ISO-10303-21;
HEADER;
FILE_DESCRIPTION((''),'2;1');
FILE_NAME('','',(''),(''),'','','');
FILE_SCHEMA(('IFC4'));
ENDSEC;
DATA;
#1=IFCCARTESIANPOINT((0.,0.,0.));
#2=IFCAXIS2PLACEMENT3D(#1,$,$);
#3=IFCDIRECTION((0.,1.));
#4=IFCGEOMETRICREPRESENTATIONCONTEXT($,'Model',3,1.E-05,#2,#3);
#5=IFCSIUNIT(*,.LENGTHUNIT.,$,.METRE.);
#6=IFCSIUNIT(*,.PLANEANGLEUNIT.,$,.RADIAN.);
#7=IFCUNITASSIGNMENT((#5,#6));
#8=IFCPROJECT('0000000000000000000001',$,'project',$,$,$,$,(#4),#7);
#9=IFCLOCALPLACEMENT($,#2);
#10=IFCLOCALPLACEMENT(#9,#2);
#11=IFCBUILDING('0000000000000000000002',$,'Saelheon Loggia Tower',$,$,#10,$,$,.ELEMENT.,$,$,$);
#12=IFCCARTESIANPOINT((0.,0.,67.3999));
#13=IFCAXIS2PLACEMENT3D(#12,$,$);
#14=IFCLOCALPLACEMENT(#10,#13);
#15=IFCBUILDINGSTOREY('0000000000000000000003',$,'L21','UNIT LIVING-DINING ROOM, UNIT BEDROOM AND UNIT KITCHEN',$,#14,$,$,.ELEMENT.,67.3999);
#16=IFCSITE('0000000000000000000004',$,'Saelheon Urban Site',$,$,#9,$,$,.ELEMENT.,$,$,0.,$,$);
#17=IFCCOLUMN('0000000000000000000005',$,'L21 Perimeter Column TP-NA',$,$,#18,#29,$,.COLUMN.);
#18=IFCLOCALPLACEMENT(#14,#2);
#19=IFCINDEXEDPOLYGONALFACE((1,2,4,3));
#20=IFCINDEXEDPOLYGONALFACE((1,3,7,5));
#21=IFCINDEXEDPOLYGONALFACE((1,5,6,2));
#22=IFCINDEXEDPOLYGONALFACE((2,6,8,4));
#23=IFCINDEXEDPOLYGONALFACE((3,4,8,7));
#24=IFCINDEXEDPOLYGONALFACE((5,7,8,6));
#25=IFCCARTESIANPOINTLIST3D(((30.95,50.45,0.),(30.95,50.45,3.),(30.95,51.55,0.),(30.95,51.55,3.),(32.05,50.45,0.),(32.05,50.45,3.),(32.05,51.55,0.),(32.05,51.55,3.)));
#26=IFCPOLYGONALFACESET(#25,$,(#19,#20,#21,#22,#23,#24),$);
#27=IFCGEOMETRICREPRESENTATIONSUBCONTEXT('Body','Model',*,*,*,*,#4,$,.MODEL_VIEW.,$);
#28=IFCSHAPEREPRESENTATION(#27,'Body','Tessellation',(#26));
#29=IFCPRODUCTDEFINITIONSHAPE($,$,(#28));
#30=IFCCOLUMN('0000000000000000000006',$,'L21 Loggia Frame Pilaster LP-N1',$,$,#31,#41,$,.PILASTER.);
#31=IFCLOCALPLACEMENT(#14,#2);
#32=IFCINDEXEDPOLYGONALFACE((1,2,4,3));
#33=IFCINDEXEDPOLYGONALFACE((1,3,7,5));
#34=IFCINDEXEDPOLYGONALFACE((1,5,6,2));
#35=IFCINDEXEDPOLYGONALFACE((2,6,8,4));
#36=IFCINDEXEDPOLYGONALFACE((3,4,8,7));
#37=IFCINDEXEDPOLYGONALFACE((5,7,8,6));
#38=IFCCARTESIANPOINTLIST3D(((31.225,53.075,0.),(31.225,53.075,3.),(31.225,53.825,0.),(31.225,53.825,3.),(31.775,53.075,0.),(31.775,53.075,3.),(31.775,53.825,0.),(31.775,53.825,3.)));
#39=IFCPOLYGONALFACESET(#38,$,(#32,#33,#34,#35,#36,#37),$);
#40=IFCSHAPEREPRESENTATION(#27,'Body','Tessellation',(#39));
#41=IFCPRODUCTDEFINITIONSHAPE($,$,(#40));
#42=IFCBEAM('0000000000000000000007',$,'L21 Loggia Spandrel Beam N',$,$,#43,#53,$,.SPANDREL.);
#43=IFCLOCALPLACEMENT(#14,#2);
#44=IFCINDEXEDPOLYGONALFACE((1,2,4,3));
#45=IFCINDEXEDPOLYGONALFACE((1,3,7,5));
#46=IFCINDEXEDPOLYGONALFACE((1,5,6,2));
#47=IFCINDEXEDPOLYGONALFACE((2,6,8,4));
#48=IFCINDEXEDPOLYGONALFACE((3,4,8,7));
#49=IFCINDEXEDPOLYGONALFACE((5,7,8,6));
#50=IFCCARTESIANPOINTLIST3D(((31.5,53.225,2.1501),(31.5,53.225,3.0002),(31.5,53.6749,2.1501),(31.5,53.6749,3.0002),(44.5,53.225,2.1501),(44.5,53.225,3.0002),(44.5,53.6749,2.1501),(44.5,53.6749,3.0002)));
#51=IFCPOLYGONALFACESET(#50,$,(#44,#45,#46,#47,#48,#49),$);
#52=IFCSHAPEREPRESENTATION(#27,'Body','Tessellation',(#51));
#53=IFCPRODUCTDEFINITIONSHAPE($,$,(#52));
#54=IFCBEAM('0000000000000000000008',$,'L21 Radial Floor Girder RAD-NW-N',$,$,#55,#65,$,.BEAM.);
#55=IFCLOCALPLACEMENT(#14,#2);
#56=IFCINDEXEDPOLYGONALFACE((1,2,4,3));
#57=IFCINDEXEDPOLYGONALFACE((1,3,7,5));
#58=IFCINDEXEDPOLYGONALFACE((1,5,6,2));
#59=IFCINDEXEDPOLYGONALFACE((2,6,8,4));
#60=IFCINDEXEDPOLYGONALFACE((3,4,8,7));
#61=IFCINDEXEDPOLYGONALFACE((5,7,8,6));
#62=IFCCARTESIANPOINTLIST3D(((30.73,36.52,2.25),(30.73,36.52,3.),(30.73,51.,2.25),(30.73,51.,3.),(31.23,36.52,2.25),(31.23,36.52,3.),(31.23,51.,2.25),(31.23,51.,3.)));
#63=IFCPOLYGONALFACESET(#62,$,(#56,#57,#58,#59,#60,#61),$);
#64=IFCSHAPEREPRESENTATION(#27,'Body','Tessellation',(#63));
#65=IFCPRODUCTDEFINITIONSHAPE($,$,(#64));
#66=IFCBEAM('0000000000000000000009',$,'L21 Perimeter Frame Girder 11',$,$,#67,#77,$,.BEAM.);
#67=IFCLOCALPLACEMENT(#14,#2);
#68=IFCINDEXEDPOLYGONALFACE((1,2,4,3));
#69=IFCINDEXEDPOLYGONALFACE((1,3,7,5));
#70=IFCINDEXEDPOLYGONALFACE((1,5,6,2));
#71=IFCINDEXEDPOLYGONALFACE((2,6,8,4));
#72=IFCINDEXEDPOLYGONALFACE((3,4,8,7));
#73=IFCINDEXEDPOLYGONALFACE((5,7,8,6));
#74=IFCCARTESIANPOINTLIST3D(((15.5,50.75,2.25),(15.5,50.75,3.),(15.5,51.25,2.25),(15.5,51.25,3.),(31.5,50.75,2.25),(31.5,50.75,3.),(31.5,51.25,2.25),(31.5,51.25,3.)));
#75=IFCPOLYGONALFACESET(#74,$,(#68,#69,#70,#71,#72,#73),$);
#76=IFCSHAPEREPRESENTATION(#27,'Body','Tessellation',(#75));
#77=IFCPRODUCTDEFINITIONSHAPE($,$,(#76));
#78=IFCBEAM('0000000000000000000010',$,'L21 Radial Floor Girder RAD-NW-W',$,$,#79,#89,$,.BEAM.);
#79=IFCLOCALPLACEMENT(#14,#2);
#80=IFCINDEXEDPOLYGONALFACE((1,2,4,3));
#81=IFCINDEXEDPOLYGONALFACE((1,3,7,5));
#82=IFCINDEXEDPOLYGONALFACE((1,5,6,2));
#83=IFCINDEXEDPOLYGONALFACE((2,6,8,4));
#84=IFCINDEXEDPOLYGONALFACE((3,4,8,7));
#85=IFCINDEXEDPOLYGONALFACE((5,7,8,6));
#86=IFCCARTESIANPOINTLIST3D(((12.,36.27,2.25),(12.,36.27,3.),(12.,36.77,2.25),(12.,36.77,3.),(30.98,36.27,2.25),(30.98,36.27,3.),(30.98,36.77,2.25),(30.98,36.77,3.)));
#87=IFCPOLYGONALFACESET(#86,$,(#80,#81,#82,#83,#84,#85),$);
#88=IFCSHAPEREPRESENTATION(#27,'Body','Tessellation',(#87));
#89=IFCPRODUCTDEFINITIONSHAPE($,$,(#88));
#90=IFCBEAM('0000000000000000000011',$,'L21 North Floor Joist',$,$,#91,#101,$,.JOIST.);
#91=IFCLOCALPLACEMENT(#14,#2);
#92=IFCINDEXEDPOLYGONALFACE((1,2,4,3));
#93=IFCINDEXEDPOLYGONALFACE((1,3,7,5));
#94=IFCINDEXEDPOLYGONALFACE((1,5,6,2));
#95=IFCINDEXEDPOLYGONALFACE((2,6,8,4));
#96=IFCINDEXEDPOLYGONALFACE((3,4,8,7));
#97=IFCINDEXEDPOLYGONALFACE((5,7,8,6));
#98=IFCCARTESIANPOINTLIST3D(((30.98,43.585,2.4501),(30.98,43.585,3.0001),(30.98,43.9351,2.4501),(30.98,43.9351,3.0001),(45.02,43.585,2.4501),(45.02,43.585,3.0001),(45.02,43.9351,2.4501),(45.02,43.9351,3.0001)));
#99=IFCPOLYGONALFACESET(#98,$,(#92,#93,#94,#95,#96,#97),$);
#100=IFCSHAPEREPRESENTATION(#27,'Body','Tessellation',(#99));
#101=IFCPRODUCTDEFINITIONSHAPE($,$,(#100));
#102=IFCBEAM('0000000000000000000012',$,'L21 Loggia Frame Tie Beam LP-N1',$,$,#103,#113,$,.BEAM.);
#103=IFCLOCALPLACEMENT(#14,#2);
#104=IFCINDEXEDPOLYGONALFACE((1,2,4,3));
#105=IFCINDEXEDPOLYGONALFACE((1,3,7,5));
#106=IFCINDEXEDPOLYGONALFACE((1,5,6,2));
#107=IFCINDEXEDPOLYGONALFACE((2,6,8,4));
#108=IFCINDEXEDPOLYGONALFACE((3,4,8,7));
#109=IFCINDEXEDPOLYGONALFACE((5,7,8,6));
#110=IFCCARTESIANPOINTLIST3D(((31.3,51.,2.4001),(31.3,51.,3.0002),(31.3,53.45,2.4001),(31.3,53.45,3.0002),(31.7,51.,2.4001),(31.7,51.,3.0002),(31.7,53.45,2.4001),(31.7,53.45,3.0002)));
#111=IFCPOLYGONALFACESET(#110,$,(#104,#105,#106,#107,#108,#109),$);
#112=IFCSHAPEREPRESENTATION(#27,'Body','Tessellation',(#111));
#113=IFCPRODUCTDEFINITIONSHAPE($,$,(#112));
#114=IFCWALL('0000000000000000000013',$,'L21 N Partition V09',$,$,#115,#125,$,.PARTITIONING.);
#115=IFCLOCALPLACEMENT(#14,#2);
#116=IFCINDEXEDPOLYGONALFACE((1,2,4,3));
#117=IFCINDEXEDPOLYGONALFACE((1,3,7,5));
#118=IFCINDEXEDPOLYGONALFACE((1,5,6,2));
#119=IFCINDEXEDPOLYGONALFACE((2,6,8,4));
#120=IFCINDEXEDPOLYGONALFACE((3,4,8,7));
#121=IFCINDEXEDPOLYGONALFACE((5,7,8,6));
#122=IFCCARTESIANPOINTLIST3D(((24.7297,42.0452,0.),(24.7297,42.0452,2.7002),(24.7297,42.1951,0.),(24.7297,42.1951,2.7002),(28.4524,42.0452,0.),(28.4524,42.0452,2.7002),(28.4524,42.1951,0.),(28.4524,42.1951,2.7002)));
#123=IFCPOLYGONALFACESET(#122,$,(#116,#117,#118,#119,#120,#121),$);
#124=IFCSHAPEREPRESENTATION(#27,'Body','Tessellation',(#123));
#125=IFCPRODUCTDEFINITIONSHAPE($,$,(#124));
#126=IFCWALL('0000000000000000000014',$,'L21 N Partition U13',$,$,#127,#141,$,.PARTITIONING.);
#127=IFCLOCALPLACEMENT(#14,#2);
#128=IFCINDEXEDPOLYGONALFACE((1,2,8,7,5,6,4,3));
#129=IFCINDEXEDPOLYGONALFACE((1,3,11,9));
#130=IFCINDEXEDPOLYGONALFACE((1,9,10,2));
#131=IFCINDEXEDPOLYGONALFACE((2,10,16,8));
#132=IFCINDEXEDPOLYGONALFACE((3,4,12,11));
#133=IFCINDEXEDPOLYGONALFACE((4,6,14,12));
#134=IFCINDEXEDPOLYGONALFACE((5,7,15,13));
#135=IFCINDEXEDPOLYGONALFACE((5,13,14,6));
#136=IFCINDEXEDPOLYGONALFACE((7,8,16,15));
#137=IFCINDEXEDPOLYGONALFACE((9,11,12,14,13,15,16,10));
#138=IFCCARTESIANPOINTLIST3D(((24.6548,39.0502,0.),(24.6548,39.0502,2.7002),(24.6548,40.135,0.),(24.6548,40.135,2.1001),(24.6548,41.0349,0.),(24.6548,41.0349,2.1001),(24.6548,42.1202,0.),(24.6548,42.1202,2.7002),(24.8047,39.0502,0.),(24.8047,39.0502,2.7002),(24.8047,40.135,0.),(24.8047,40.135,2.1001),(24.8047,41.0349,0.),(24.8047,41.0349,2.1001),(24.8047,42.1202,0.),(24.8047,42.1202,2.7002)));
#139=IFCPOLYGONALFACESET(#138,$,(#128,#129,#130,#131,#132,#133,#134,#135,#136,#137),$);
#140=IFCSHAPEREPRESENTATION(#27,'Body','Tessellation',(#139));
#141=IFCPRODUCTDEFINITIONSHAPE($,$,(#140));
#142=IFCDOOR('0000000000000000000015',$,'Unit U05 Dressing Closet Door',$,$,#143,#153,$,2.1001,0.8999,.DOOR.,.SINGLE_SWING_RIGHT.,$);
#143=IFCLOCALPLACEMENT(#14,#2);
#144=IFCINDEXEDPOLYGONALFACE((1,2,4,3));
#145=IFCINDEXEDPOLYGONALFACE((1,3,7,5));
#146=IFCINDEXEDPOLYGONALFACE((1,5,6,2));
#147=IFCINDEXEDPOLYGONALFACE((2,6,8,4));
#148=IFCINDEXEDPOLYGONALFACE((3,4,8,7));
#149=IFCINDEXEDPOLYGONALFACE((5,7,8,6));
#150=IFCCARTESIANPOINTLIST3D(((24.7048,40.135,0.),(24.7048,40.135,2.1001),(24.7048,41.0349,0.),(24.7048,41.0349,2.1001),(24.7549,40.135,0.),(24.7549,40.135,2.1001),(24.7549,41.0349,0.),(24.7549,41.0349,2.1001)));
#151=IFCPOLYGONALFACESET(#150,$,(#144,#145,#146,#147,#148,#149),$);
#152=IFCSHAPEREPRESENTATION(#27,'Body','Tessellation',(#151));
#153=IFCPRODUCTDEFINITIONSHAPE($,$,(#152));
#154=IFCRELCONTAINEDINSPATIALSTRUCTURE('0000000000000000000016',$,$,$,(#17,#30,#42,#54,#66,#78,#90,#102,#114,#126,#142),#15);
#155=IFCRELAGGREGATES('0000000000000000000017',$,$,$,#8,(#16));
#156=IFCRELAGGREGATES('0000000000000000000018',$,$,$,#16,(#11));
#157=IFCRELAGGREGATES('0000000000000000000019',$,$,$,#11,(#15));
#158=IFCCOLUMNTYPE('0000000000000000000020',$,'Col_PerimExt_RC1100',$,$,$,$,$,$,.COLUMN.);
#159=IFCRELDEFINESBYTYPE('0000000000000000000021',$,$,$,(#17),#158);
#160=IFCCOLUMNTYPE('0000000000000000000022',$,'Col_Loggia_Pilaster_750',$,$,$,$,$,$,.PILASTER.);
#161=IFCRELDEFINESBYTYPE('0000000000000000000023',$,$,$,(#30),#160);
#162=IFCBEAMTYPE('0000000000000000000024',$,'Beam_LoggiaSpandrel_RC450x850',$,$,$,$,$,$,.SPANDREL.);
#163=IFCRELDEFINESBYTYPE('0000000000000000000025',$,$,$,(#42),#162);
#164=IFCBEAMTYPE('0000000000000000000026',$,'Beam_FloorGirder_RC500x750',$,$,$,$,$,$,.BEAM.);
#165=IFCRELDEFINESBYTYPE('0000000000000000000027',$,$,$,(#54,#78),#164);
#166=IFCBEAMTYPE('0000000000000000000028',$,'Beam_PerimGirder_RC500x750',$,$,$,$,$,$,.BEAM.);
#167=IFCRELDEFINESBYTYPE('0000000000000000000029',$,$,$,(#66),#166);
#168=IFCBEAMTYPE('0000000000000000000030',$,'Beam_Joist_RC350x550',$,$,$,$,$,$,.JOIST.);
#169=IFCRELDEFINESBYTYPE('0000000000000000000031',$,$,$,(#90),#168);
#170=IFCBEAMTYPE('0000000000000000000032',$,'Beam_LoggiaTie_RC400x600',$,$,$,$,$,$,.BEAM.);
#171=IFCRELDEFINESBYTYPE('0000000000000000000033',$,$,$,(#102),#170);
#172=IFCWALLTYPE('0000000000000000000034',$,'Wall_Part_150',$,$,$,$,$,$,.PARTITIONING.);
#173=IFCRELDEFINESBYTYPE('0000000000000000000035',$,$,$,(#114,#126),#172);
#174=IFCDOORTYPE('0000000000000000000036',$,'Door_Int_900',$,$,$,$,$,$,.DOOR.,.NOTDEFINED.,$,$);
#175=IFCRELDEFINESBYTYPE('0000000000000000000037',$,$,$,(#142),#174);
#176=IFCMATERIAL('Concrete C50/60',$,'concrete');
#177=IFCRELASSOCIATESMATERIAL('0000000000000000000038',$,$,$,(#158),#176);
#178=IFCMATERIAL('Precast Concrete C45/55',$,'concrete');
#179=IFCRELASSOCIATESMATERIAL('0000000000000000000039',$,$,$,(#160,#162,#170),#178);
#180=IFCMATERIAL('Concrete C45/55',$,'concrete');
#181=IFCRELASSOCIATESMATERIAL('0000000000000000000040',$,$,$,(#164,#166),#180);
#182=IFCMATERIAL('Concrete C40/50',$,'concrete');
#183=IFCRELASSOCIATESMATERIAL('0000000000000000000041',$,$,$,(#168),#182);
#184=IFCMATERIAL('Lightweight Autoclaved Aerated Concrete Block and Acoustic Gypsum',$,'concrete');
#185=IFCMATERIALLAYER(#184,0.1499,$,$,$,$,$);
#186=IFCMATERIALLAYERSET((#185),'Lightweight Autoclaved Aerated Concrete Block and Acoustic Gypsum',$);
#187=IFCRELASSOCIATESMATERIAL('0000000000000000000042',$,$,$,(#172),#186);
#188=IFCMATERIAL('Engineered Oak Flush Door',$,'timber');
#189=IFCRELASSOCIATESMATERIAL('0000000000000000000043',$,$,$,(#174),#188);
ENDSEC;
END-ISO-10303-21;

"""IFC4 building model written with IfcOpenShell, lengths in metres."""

from ifc_helpers import new_model, si_unit, direction, frame, frame_2d, origin, origin_2d, place, context, subcontext, project, spatial, rectangle, extrude, source, transform, mapped, material, layer, layer_set, material_profile, profile_set, type_object, element, fill, save


model = new_model("IFC4")

# Units and contexts
model_context = context("Model", 3, precision=1e-05, world=origin(), true_north=direction((0.0, 1.0)))
body_context = subcontext(model_context, "Body", "Model", "MODEL_VIEW")
ifc_project = project(units=[si_unit("LENGTHUNIT", "METRE"), si_unit("PLANEANGLEUNIT", "RADIAN")], contexts=[model_context])

# Site, building, storey
site_placement = place(None, origin())
site = spatial("IfcSite", under=ifc_project, at=site_placement, Name="Saelheon Urban Site", CompositionType="ELEMENT", RefElevation=0.0)
building_placement = place(site_placement, origin())
building = spatial("IfcBuilding", under=site, at=building_placement, Name="Saelheon Loggia Tower", CompositionType="ELEMENT")
storey_placement = place(building_placement, frame((0.0, 0.0, 67.3999)))
storey = spatial("IfcBuildingStorey", under=building, at=storey_placement, Name="L21", Description="UNIT LIVING-DINING ROOM, UNIT BEDROOM AND UNIT KITCHEN", CompositionType="ELEMENT", Elevation=67.3999)

# Columns
ifc_material_1 = material(Name="Concrete C50/60", Category="concrete")
ifc_material_profile_1 = material_profile(ifc_material_1, rectangle(XDim=1.1001, YDim=1.1001, at=origin_2d()), Name="RC-1100x1100")
ifc_profile_set_1 = profile_set([ifc_material_profile_1], Name="Concrete C50/60")
column_type_1 = type_object("IfcColumnType", Name="Col_PerimExt_RC1100", PredefinedType="COLUMN", material=ifc_profile_set_1)
shared_shape_1 = source(origin(), body_context, "Body", "SweptSolid", [
    extrude(rectangle(XDim=1.1001, YDim=1.1001, at=origin_2d()), origin(), (0.0, 0.0, 1.0), 3.0),
])
column_1_placement = place(storey_placement, frame((31.5, 51.0, 0.0), z_axis=(0.0, 0.0, 1.0), x_axis=(1.0, 0.0, 0.0)))
element("IfcColumn", 1, at=column_1_placement, inside=storey, type_object=column_type_1, Name="L21 Perimeter Column TP-NA", PredefinedType="COLUMN", context=body_context, shape_type="MappedRepresentation", body=[
    mapped(shared_shape_1, transform((0.0, 0.0, 0.0), scale=1.0)),
])
ifc_material_2 = material(Name="Precast Concrete C45/55", Category="concrete")
ifc_material_profile_2 = material_profile(ifc_material_2, rectangle(XDim=0.55, YDim=0.75, at=origin_2d()), Name="RC-550x750")
ifc_profile_set_2 = profile_set([ifc_material_profile_2], Name="Precast Concrete C45/55")
column_type_2 = type_object("IfcColumnType", Name="Col_Loggia_Pilaster_750", PredefinedType="PILASTER", material=ifc_profile_set_2)
shared_shape_2 = source(origin(), body_context, "Body", "SweptSolid", [
    extrude(rectangle(XDim=0.55, YDim=0.75, at=origin_2d()), origin(), (0.0, 0.0, 1.0), 3.0),
])
column_2_placement = place(storey_placement, frame((31.5, 53.45, 0.0), z_axis=(0.0, 0.0, 1.0), x_axis=(1.0, 0.0, 0.0)))
element("IfcColumn", 2, at=column_2_placement, inside=storey, type_object=column_type_2, Name="L21 Loggia Frame Pilaster LP-N1", PredefinedType="PILASTER", context=body_context, shape_type="MappedRepresentation", body=[
    mapped(shared_shape_2, transform((0.0, 0.0, 0.0), scale=1.0)),
])

# Beams
ifc_material_profile_3 = material_profile(ifc_material_2, rectangle(XDim=0.45, YDim=0.8501, at=origin_2d()), Name="RC-450x850")
ifc_profile_set_3 = profile_set([ifc_material_profile_3], Name="Precast Concrete C45/55")
beam_type_1 = type_object("IfcBeamType", Name="Beam_LoggiaSpandrel_RC450x850", PredefinedType="SPANDREL", material=ifc_profile_set_3)
shared_shape_3 = source(origin(), body_context, "Body", "SweptSolid", [
    extrude(rectangle(XDim=0.45, YDim=0.8501, at=origin_2d()), origin(), (0.0, 0.0, 1.0), 13.0),
])
beam_1_placement = place(storey_placement, frame((31.5, 53.45, 2.5752), z_axis=(1.0, 0.0, 0.0), x_axis=(0.0, 1.0, 0.0)))
element("IfcBeam", 3, at=beam_1_placement, inside=storey, type_object=beam_type_1, Name="L21 Loggia Spandrel Beam N", PredefinedType="SPANDREL", context=body_context, shape_type="MappedRepresentation", body=[
    mapped(shared_shape_3, transform((0.0, 0.0, 0.0), scale=1.0)),
])
ifc_material_3 = material(Name="Concrete C45/55", Category="concrete")
ifc_material_profile_4 = material_profile(ifc_material_3, rectangle(XDim=0.5, YDim=0.75, at=origin_2d()), Name="RC-500x750")
ifc_profile_set_4 = profile_set([ifc_material_profile_4], Name="Concrete C45/55")
beam_type_2 = type_object("IfcBeamType", Name="Beam_FloorGirder_RC500x750", PredefinedType="BEAM", material=ifc_profile_set_4)
shared_shape_4 = source(origin(), body_context, "Body", "SweptSolid", [
    extrude(rectangle(XDim=0.5, YDim=0.75, at=origin_2d()), origin(), (0.0, 0.0, 1.0), 14.48),
])
beam_2_placement = place(storey_placement, frame((30.98, 36.52, 2.625), z_axis=(0.0, 1.0, 0.0), x_axis=(-1.0, 0.0, 0.0)))
element("IfcBeam", 4, at=beam_2_placement, inside=storey, type_object=beam_type_2, Name="L21 Radial Floor Girder RAD-NW-N", PredefinedType="BEAM", context=body_context, shape_type="MappedRepresentation", body=[
    mapped(shared_shape_4, transform((0.0, 0.0, 0.0), scale=1.0)),
])
ifc_material_profile_5 = material_profile(ifc_material_3, rectangle(XDim=0.5, YDim=0.75, at=origin_2d()), Name="RC-500x750")
ifc_profile_set_5 = profile_set([ifc_material_profile_5], Name="Concrete C45/55")
beam_type_3 = type_object("IfcBeamType", Name="Beam_PerimGirder_RC500x750", PredefinedType="BEAM", material=ifc_profile_set_5)
shared_shape_5 = source(origin(), body_context, "Body", "SweptSolid", [
    extrude(rectangle(XDim=0.5, YDim=0.75, at=origin_2d()), origin(), (0.0, 0.0, 1.0), 16.0),
])
beam_3_placement = place(storey_placement, frame((31.5, 51.0, 2.625), z_axis=(-1.0, 0.0, 0.0), x_axis=(0.0, -1.0, 0.0)))
element("IfcBeam", 5, at=beam_3_placement, inside=storey, type_object=beam_type_3, Name="L21 Perimeter Frame Girder 11", PredefinedType="BEAM", context=body_context, shape_type="MappedRepresentation", body=[
    mapped(shared_shape_5, transform((0.0, 0.0, 0.0), scale=1.0)),
])
shared_shape_6 = source(origin(), body_context, "Body", "SweptSolid", [
    extrude(rectangle(XDim=0.5, YDim=0.75, at=origin_2d()), origin(), (0.0, 0.0, 1.0), 18.98),
])
beam_4_placement = place(storey_placement, frame((30.98, 36.52, 2.625), z_axis=(-1.0, 0.0, 0.0), x_axis=(0.0, -1.0, 0.0)))
element("IfcBeam", 6, at=beam_4_placement, inside=storey, type_object=beam_type_2, Name="L21 Radial Floor Girder RAD-NW-W", PredefinedType="BEAM", context=body_context, shape_type="MappedRepresentation", body=[
    mapped(shared_shape_6, transform((0.0, 0.0, 0.0), scale=1.0)),
])
ifc_material_4 = material(Name="Concrete C40/50", Category="concrete")
ifc_material_profile_6 = material_profile(ifc_material_4, rectangle(XDim=0.3501, YDim=0.55, at=origin_2d()), Name="RC-350x550")
ifc_profile_set_6 = profile_set([ifc_material_profile_6], Name="Concrete C40/50")
beam_type_4 = type_object("IfcBeamType", Name="Beam_Joist_RC350x550", PredefinedType="JOIST", material=ifc_profile_set_6)
shared_shape_7 = source(origin(), body_context, "Body", "SweptSolid", [
    extrude(rectangle(XDim=0.3501, YDim=0.55, at=origin_2d()), origin(), (0.0, 0.0, 1.0), 14.04),
])
beam_5_placement = place(storey_placement, frame((30.98, 43.76, 2.7251), z_axis=(1.0, 0.0, 0.0), x_axis=(0.0, 1.0, 0.0)))
element("IfcBeam", 7, at=beam_5_placement, inside=storey, type_object=beam_type_4, Name="L21 North Floor Joist", PredefinedType="JOIST", context=body_context, shape_type="MappedRepresentation", body=[
    mapped(shared_shape_7, transform((0.0, 0.0, 0.0), scale=1.0)),
])
ifc_material_profile_7 = material_profile(ifc_material_2, rectangle(XDim=0.3999, YDim=0.6001, at=origin_2d()), Name="RC-400x600")
ifc_profile_set_7 = profile_set([ifc_material_profile_7], Name="Precast Concrete C45/55")
beam_type_5 = type_object("IfcBeamType", Name="Beam_LoggiaTie_RC400x600", PredefinedType="BEAM", material=ifc_profile_set_7)
shared_shape_8 = source(origin(), body_context, "Body", "SweptSolid", [
    extrude(rectangle(XDim=0.3999, YDim=0.6001, at=origin_2d()), origin(), (0.0, 0.0, 1.0), 2.45),
])
beam_6_placement = place(storey_placement, frame((31.5, 51.0, 2.7002), z_axis=(0.0, 1.0, 0.0), x_axis=(-1.0, 0.0, 0.0)))
element("IfcBeam", 8, at=beam_6_placement, inside=storey, type_object=beam_type_5, Name="L21 Loggia Frame Tie Beam LP-N1", PredefinedType="BEAM", context=body_context, shape_type="MappedRepresentation", body=[
    mapped(shared_shape_8, transform((0.0, 0.0, 0.0), scale=1.0)),
])

# Wall
ifc_material_5 = material(Name="Lightweight Autoclaved Aerated Concrete Block and Acoustic Gypsum", Category="concrete")
ifc_layer_1 = layer(ifc_material_5, 0.1499)
ifc_layer_set_1 = layer_set([ifc_layer_1], Name="Lightweight Autoclaved Aerated Concrete Block and Acoustic Gypsum")
wall_type_1 = type_object("IfcWallType", Name="Wall_Part_150", PredefinedType="PARTITIONING", material=ifc_layer_set_1)
wall_1_placement = place(storey_placement, frame((24.7297, 42.1201, 0.0), z_axis=(0.0, 0.0, 1.0), x_axis=(1.0, 0.0, 0.0)))
element("IfcWall", 9, at=wall_1_placement, inside=storey, type_object=wall_type_1, Name="L21 N Partition V09", PredefinedType="PARTITIONING", context=body_context, shape_type="SweptSolid", body=[
    extrude(rectangle(XDim=3.7227, YDim=0.1499, at=frame_2d((1.8613, 0.0))), origin(), (0.0, 0.0, 1.0), 2.7002),
])

# Wall, opening, door
wall_2_placement = place(storey_placement, frame((24.7297, 39.05, 0.0), z_axis=(0.0, 0.0, 1.0), x_axis=(0.0, 1.0, 0.0)))
wall_2 = element("IfcWall", 10, at=wall_2_placement, inside=storey, type_object=wall_type_1, Name="L21 N Partition U13", PredefinedType="PARTITIONING", context=body_context, shape_type="SweptSolid", body=[
    extrude(rectangle(XDim=3.0701, YDim=0.1499, at=frame_2d((1.5352, 0.0))), origin(), (0.0, 0.0, 1.0), 2.7002),
])
opening_1_placement = place(wall_2_placement, frame((1.085, 0.0, 0.0)))
opening_1 = element("IfcOpeningElement", 11, at=opening_1_placement, cuts=wall_2, PredefinedType="OPENING", context=body_context, shape_type="SweptSolid", body=[
    extrude(rectangle(XDim=0.8999, YDim=2.1001, at=frame_2d((0.45, 1.05))), frame((0.0, 0.0869, 0.0), z_axis=(0.0, -1.0, 0.0), x_axis=(1.0, 0.0, 0.0)), (0.0, 0.0, 1.0), 0.1738),
])
ifc_material_6 = material(Name="Engineered Oak Flush Door", Category="timber")
door_type_1 = type_object("IfcDoorType", Name="Door_Int_900", OperationType="NOTDEFINED", PredefinedType="DOOR", material=ifc_material_6)
shared_shape_9 = source(origin(), body_context, "Body", "SweptSolid", [
    extrude(rectangle(XDim=0.8999, YDim=2.1001, at=frame_2d((0.45, 1.05))), frame((0.0, 0.0249, 0.0), z_axis=(0.0, -1.0, 0.0), x_axis=(1.0, 0.0, 0.0)), (0.0, 0.0, 1.0), 0.05),
])
door_1_placement = place(opening_1_placement, origin())
door_1 = element("IfcDoor", 12, at=door_1_placement, inside=storey, type_object=door_type_1, Name="Unit U05 Dressing Closet Door", OperationType="SINGLE_SWING_RIGHT", OverallHeight=2.1001, OverallWidth=0.8999, PredefinedType="DOOR", context=body_context, shape_type="MappedRepresentation", body=[
    mapped(shared_shape_9, transform((0.0, 0.0, 0.0), scale=1.0)),
])
fill(opening_1, door_1)

save(model, "model.ifc")
